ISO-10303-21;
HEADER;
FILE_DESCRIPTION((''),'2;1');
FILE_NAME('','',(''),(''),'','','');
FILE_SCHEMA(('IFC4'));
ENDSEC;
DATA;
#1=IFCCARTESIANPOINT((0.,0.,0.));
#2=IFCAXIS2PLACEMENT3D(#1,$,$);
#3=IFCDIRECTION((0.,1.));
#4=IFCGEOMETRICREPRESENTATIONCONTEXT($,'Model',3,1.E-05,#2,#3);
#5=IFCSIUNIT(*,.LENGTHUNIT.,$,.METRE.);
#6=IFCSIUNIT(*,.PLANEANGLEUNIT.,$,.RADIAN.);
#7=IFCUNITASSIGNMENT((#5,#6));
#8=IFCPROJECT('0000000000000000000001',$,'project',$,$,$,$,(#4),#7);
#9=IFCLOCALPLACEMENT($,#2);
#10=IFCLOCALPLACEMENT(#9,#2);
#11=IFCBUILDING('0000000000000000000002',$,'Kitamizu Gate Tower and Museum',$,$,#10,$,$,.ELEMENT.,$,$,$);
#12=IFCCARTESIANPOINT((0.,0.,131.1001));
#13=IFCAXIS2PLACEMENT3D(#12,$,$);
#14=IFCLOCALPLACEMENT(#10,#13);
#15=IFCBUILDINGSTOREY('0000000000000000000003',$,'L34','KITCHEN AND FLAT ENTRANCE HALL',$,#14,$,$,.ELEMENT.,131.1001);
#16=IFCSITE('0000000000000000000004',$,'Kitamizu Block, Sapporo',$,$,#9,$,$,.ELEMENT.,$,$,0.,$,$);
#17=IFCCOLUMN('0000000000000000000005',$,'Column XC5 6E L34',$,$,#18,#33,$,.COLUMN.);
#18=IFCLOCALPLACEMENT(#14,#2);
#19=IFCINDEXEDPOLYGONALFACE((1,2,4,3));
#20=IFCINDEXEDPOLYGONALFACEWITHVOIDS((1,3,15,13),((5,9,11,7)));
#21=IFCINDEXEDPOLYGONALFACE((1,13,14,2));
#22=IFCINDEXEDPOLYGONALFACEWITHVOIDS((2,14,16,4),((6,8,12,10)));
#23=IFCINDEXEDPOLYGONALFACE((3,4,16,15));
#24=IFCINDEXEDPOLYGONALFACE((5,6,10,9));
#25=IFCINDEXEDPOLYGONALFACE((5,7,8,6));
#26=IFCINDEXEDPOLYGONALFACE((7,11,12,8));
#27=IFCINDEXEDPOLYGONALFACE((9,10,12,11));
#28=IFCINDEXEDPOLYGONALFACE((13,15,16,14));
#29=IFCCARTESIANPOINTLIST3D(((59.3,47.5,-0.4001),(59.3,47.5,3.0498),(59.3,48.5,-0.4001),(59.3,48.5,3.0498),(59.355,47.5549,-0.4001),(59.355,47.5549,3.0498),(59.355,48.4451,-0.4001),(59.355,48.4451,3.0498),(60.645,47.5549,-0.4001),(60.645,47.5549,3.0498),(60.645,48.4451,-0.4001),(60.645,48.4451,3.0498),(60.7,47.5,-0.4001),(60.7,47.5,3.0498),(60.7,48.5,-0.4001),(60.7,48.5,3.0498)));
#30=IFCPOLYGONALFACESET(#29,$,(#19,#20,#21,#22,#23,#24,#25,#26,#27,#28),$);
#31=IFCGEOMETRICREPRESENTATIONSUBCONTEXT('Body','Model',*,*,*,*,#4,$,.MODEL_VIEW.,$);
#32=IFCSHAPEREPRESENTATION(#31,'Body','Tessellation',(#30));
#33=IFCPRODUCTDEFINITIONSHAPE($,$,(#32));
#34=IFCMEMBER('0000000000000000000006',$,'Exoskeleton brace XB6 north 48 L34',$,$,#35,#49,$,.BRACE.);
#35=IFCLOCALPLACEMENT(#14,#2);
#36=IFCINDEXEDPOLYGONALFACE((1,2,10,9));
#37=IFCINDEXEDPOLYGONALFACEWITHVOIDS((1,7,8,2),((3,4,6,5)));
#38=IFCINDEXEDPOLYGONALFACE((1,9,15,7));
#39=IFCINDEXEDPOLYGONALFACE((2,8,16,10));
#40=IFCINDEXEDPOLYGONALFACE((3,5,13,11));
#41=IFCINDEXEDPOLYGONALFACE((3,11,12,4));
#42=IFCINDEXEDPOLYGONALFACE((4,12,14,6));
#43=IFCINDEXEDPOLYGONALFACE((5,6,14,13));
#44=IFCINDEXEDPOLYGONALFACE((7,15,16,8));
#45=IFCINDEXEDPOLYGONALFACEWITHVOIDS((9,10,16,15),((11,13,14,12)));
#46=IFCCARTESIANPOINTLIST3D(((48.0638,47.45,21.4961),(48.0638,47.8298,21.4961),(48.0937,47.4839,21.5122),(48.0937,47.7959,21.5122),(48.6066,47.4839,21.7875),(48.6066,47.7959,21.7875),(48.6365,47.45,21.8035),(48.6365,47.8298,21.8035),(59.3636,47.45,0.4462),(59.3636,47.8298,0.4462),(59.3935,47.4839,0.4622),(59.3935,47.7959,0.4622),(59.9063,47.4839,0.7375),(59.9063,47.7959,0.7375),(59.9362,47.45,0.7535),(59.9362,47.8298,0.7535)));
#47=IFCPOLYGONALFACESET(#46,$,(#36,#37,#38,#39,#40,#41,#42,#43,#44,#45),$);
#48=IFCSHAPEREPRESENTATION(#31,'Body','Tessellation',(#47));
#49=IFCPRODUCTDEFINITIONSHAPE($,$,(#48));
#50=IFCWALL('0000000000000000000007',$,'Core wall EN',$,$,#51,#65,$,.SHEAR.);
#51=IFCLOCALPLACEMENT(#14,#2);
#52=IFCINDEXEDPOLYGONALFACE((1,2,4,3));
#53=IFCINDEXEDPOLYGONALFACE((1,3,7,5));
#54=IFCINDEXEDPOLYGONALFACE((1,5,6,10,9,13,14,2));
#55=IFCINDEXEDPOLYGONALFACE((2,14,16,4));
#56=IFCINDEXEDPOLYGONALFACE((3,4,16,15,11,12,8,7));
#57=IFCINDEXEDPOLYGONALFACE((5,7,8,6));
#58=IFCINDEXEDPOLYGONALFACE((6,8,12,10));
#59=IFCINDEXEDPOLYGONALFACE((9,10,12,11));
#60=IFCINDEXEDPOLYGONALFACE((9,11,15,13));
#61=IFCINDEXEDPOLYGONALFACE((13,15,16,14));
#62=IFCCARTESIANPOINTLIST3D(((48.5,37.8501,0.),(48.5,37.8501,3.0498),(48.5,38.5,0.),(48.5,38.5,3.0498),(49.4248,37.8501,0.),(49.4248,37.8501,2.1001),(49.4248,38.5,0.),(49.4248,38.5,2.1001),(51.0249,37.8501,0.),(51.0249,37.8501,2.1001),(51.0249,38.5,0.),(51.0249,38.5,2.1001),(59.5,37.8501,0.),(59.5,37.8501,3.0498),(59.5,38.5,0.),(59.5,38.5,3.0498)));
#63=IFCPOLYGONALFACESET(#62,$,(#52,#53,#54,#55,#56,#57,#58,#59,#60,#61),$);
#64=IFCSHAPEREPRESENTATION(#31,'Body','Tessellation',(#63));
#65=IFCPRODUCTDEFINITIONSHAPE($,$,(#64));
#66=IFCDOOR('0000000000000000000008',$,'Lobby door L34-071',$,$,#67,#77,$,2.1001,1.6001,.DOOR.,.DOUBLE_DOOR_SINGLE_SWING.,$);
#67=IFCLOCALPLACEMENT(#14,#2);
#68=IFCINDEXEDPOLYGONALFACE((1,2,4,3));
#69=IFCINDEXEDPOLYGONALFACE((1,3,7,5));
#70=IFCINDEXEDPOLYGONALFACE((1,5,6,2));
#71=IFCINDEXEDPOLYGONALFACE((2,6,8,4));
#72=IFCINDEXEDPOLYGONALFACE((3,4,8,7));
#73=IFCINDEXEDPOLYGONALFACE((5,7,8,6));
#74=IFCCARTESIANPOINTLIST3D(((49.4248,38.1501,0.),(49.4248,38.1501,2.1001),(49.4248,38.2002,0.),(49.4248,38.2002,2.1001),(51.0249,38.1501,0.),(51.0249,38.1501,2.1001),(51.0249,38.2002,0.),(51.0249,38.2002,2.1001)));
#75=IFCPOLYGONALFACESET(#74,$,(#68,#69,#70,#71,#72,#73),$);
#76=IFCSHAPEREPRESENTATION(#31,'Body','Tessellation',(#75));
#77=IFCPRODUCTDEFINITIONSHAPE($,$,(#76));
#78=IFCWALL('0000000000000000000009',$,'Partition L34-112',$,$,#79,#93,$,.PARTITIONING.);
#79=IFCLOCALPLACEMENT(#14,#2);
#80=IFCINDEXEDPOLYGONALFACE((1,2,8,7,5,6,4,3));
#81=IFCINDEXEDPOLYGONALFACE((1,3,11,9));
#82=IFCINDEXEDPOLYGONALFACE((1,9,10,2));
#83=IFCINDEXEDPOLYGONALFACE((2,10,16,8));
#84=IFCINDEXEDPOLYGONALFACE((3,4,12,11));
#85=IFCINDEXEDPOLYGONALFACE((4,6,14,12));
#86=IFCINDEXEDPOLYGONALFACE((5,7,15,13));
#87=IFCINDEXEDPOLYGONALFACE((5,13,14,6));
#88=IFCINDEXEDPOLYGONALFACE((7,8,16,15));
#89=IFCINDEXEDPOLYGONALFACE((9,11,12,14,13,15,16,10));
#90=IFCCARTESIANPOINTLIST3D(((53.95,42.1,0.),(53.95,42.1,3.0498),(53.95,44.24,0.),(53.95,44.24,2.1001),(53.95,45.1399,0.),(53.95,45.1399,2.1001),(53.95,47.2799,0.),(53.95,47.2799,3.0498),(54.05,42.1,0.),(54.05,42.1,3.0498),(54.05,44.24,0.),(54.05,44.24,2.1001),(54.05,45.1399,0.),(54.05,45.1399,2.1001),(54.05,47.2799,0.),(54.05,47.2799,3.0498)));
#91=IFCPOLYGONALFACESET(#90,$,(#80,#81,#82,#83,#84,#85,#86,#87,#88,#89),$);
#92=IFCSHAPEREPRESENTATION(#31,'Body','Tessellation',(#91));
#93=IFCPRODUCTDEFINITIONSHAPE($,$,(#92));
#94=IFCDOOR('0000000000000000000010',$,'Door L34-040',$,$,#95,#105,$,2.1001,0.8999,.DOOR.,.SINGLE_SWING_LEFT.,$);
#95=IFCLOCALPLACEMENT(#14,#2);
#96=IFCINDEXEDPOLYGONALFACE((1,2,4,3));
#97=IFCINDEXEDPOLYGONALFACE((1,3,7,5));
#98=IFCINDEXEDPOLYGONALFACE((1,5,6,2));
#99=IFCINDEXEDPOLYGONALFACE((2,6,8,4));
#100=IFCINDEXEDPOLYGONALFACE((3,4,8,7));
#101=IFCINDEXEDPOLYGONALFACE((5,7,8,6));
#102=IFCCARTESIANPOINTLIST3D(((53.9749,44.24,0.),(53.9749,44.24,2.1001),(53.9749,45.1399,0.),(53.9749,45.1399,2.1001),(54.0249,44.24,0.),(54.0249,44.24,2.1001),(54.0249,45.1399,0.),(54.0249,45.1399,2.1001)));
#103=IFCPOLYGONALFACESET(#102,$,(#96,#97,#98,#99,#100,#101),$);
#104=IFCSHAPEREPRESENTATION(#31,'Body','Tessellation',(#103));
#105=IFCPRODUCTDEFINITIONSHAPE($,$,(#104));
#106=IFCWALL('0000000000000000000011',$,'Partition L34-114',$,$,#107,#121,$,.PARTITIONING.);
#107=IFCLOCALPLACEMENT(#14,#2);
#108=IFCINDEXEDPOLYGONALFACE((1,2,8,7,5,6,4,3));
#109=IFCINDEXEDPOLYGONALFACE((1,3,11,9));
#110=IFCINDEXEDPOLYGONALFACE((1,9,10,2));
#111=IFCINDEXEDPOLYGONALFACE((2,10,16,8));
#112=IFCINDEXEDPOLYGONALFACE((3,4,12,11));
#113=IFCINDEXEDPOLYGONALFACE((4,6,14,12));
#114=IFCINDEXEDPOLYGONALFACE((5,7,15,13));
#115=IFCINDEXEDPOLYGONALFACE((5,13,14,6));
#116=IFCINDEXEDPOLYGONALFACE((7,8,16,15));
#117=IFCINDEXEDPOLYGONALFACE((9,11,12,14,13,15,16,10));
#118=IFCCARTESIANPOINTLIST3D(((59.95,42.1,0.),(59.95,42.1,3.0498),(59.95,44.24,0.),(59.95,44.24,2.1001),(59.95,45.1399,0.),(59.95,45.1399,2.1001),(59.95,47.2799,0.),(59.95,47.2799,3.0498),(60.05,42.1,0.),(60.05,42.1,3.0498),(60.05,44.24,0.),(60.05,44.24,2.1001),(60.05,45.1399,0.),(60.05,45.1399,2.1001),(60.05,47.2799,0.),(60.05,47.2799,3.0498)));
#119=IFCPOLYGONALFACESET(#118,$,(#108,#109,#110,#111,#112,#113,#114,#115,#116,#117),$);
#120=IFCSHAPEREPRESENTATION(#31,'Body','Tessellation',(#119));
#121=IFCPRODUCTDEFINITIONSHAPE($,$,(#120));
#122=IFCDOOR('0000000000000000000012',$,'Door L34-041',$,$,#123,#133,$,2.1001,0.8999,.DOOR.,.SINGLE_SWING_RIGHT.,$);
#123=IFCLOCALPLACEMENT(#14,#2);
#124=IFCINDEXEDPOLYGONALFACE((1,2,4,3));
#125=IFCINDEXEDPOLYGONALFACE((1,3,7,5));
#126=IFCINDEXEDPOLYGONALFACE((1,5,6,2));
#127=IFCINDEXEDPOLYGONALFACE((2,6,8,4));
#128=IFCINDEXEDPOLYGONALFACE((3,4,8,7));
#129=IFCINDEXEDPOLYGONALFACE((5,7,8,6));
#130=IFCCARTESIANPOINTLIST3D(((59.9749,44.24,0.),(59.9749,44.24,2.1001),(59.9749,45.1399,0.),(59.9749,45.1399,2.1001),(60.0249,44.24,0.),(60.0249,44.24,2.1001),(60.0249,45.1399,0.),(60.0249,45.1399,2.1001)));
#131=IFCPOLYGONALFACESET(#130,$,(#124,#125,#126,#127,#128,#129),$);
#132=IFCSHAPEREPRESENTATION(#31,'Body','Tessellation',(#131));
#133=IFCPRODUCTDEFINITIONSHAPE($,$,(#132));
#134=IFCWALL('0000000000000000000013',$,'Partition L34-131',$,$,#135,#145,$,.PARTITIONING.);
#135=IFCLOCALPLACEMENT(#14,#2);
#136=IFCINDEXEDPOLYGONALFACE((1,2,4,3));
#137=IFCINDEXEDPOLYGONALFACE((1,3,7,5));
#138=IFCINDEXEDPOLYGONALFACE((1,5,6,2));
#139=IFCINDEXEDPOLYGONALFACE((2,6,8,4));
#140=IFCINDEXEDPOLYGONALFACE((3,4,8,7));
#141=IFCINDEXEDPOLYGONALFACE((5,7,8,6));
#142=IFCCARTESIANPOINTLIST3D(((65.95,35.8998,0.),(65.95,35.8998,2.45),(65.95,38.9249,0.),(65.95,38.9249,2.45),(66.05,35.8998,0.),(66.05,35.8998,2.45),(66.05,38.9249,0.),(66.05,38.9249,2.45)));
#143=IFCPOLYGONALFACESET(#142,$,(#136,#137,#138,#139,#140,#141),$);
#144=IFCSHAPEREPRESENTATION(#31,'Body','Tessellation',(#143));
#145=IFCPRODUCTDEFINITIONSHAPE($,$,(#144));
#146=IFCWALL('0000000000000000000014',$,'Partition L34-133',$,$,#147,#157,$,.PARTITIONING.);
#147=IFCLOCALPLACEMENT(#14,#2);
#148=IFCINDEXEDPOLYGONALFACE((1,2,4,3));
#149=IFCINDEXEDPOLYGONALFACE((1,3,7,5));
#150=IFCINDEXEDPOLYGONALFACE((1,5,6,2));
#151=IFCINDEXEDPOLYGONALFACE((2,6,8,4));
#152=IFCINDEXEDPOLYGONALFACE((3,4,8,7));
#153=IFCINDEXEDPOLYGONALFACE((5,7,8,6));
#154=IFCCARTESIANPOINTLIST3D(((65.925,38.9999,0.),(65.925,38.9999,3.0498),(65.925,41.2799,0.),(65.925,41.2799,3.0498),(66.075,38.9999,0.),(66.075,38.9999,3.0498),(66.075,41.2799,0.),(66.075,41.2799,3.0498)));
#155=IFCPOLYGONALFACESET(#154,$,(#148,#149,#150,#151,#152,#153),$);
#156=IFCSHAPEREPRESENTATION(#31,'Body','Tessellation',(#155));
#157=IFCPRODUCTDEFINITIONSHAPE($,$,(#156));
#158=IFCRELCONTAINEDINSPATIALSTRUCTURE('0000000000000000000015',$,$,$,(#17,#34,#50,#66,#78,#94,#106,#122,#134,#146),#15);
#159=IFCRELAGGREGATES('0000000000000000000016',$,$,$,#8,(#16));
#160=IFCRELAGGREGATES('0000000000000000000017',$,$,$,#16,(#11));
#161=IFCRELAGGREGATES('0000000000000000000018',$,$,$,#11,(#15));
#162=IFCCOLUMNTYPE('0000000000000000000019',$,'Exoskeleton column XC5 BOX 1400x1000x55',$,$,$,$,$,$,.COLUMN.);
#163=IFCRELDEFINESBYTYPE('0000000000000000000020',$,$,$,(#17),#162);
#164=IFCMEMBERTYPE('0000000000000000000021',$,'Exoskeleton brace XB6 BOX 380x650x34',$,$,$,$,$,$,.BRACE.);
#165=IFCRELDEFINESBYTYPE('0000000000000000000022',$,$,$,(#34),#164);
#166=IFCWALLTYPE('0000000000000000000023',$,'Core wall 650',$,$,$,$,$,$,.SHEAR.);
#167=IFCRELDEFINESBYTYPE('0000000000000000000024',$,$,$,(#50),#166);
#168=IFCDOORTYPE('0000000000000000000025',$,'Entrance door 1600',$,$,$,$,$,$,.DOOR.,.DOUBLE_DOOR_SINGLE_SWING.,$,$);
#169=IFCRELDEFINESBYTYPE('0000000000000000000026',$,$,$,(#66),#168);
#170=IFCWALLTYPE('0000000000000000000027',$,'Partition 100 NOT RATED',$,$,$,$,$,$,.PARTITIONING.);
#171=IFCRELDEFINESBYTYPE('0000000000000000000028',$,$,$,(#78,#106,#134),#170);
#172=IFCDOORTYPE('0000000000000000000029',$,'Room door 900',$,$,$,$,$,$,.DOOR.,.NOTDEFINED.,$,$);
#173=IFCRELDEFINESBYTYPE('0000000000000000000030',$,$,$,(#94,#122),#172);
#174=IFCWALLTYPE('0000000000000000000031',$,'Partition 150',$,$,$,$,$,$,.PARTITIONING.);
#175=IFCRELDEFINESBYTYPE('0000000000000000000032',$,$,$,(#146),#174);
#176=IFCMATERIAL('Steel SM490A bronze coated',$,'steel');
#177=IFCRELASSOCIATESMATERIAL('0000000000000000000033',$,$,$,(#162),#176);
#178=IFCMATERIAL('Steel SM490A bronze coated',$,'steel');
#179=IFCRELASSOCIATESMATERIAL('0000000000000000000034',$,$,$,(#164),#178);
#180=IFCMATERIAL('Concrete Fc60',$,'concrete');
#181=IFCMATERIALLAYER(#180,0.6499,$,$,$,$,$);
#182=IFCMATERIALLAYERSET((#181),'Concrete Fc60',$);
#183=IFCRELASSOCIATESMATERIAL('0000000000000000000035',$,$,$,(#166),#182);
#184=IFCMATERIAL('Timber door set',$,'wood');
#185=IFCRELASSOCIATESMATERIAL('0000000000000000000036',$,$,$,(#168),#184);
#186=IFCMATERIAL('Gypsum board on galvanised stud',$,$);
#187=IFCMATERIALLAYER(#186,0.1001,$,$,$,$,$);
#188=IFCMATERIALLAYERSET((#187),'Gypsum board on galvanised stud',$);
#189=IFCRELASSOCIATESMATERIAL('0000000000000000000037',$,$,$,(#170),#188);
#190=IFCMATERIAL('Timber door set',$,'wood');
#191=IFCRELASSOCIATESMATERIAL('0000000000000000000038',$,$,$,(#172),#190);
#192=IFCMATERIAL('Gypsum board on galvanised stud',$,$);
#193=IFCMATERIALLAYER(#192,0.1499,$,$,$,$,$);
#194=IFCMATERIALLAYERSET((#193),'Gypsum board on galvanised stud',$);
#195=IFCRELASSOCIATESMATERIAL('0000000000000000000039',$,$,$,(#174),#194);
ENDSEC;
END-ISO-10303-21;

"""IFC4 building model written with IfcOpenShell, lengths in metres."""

from ifc_helpers import new_model, si_unit, direction, frame, frame_2d, origin, origin_2d, place, context, subcontext, project, spatial, rectangle, hollow_rectangle, extrude, material, layer, layer_set, material_profile, profile_set, type_object, element, fill, save


model = new_model("IFC4")

# Units and contexts
model_context = context("Model", 3, precision=1e-05, world=origin(), true_north=direction((0.0, 1.0)))
body_context = subcontext(model_context, "Body", "Model", "MODEL_VIEW")
ifc_project = project(units=[si_unit("LENGTHUNIT", "METRE"), si_unit("PLANEANGLEUNIT", "RADIAN")], contexts=[model_context])

# Site, building, storey
site_placement = place(None, origin())
site = spatial("IfcSite", under=ifc_project, at=site_placement, Name="Kitamizu Block, Sapporo", CompositionType="ELEMENT", RefElevation=0.0)
building_placement = place(site_placement, origin())
building = spatial("IfcBuilding", under=site, at=building_placement, Name="Kitamizu Gate Tower and Museum", CompositionType="ELEMENT")
storey_placement = place(building_placement, frame((0.0, 0.0, 131.1001)))
storey = spatial("IfcBuildingStorey", under=building, at=storey_placement, Name="L34", Description="KITCHEN AND FLAT ENTRANCE HALL", CompositionType="ELEMENT", Elevation=131.1001)

# Column
ifc_material_1 = material(Name="Steel SM490A bronze coated", Category="steel")
ifc_material_profile_1 = material_profile(ifc_material_1, hollow_rectangle(XDim=1.3999, YDim=1.0, WallThickness=0.0549, at=origin_2d()), Name="BOX 1400x1000x55")
ifc_profile_set_1 = profile_set([ifc_material_profile_1], Name="Steel SM490A bronze coated")
column_type = type_object("IfcColumnType", Name="Exoskeleton column XC5 BOX 1400x1000x55", PredefinedType="COLUMN", material=ifc_profile_set_1)
column_placement = place(storey_placement, frame((60.0, 48.0, -0.4001), z_axis=(0.0, 0.0, 1.0), x_axis=(1.0, 0.0, 0.0)))
element("IfcColumn", 1, at=column_placement, inside=storey, type_object=column_type, Name="Column XC5 6E L34", PredefinedType="COLUMN", context=body_context, shape_type="SweptSolid", body=[
    extrude(hollow_rectangle(XDim=1.3999, YDim=1.0, WallThickness=0.0549, at=origin_2d()), origin(), (0.0, 0.0, 1.0), 3.45),
])

# Member
ifc_material_2 = material(Name="Steel SM490A bronze coated", Category="steel")
ifc_material_profile_2 = material_profile(ifc_material_2, hollow_rectangle(XDim=0.3799, YDim=0.6499, WallThickness=0.0339, at=origin_2d()), Name="BOX 380x650x34")
ifc_profile_set_2 = profile_set([ifc_material_profile_2], Name="Steel SM490A bronze coated")
member_type = type_object("IfcMemberType", Name="Exoskeleton brace XB6 BOX 380x650x34", PredefinedType="BRACE", material=ifc_profile_set_2)
member_placement = place(storey_placement, frame((59.6499, 47.6399, 0.5999), z_axis=(-0.472969, 0.0, 0.881079), x_axis=(0.0, -1.0, 0.0)))
element("IfcMember", 2, at=member_placement, inside=storey, type_object=member_type, Name="Exoskeleton brace XB6 north 48 L34", PredefinedType="BRACE", context=body_context, shape_type="SweptSolid", body=[
    extrude(hollow_rectangle(XDim=0.3799, YDim=0.6499, WallThickness=0.0339, at=origin_2d()), origin(), (0.0, 0.0, 1.0), 23.8911),
])

# Walls, openings, doors
ifc_material_3 = material(Name="Concrete Fc60", Category="concrete")
ifc_layer_1 = layer(ifc_material_3, 0.6499)
ifc_layer_set_1 = layer_set([ifc_layer_1], Name="Concrete Fc60")
wall_type_1 = type_object("IfcWallType", Name="Core wall 650", PredefinedType="SHEAR", material=ifc_layer_set_1)
wall_1_placement = place(storey_placement, frame((59.5, 38.175, 0.0), z_axis=(0.0, 0.0, 1.0), x_axis=(-1.0, 0.0, 0.0)))
wall_1 = element("IfcWall", 3, at=wall_1_placement, inside=storey, type_object=wall_type_1, Name="Core wall EN", PredefinedType="SHEAR", context=body_context, shape_type="SweptSolid", body=[
    extrude(rectangle(XDim=11.0, YDim=0.6499, at=frame_2d((5.5, 0.0))), origin(), (0.0, 0.0, 1.0), 3.0498),
])
opening_1_placement = place(wall_1_placement, frame((8.4751, 0.0, 0.0)))
opening_1 = element("IfcOpeningElement", 4, at=opening_1_placement, cuts=wall_1, PredefinedType="OPENING", context=body_context, shape_type="SweptSolid", body=[
    extrude(rectangle(XDim=1.6001, YDim=2.1001, at=frame_2d((0.8, 1.05))), frame((0.0, 0.335, 0.0), z_axis=(0.0, -1.0, 0.0), x_axis=(1.0, 0.0, 0.0)), (0.0, 0.0, 1.0), 0.6699),
])
ifc_material_4 = material(Name="Timber door set", Category="wood")
door_type_1 = type_object("IfcDoorType", Name="Entrance door 1600", OperationType="DOUBLE_DOOR_SINGLE_SWING", PredefinedType="DOOR", material=ifc_material_4)
door_1_placement = place(opening_1_placement, origin())
door_1 = element("IfcDoor", 5, at=door_1_placement, inside=storey, type_object=door_type_1, Name="Lobby door L34-071", OperationType="DOUBLE_DOOR_SINGLE_SWING", OverallHeight=2.1001, OverallWidth=1.6001, PredefinedType="DOOR", context=body_context, shape_type="SweptSolid", body=[
    extrude(rectangle(XDim=1.6001, YDim=2.1001, at=frame_2d((0.8, 1.05))), frame((0.0, 0.0249, 0.0), z_axis=(0.0, -1.0, 0.0), x_axis=(1.0, 0.0, 0.0)), (0.0, 0.0, 1.0), 0.05),
])
fill(opening_1, door_1)
ifc_material_5 = material(Name="Gypsum board on galvanised stud")
ifc_layer_2 = layer(ifc_material_5, 0.1001)
ifc_layer_set_2 = layer_set([ifc_layer_2], Name="Gypsum board on galvanised stud")
wall_type_2 = type_object("IfcWallType", Name="Partition 100 NOT RATED", PredefinedType="PARTITIONING", material=ifc_layer_set_2)
wall_2_placement = place(storey_placement, frame((54.0, 42.1001, 0.0), z_axis=(0.0, 0.0, 1.0), x_axis=(0.0, 1.0, 0.0)))
wall_2 = element("IfcWall", 6, at=wall_2_placement, inside=storey, type_object=wall_type_2, Name="Partition L34-112", PredefinedType="PARTITIONING", context=body_context, shape_type="SweptSolid", body=[
    extrude(rectangle(XDim=5.1799, YDim=0.1001, at=frame_2d((2.5898, 0.0))), origin(), (0.0, 0.0, 1.0), 3.0498),
])
opening_2_placement = place(wall_2_placement, frame((2.1399, 0.0, 0.0)))
opening_2 = element("IfcOpeningElement", 7, at=opening_2_placement, cuts=wall_2, PredefinedType="OPENING", context=body_context, shape_type="SweptSolid", body=[
    extrude(rectangle(XDim=0.8999, YDim=2.1001, at=frame_2d((0.45, 1.05))), frame((0.0, 0.0601, 0.0), z_axis=(0.0, -1.0, 0.0), x_axis=(1.0, 0.0, 0.0)), (0.0, 0.0, 1.0), 0.1201),
])
ifc_material_6 = material(Name="Timber door set", Category="wood")
door_type_2 = type_object("IfcDoorType", Name="Room door 900", OperationType="NOTDEFINED", PredefinedType="DOOR", material=ifc_material_6)
door_2_placement = place(opening_2_placement, frame((0.8999, 0.0, 0.0), x_axis=(-1.0, 0.0, 0.0)))
door_2 = element("IfcDoor", 8, at=door_2_placement, inside=storey, type_object=door_type_2, Name="Door L34-040", OperationType="SINGLE_SWING_LEFT", OverallHeight=2.1001, OverallWidth=0.8999, PredefinedType="DOOR", context=body_context, shape_type="SweptSolid", body=[
    extrude(rectangle(XDim=0.8999, YDim=2.1001, at=frame_2d((0.45, 1.05))), frame((0.0, 0.0249, 0.0), z_axis=(0.0, -1.0, 0.0), x_axis=(1.0, 0.0, 0.0)), (0.0, 0.0, 1.0), 0.05),
])
fill(opening_2, door_2)
wall_3_placement = place(storey_placement, frame((60.0, 42.1001, 0.0), z_axis=(0.0, 0.0, 1.0), x_axis=(0.0, 1.0, 0.0)))
wall_3 = element("IfcWall", 9, at=wall_3_placement, inside=storey, type_object=wall_type_2, Name="Partition L34-114", PredefinedType="PARTITIONING", context=body_context, shape_type="SweptSolid", body=[
    extrude(rectangle(XDim=5.1799, YDim=0.1001, at=frame_2d((2.5898, 0.0))), origin(), (0.0, 0.0, 1.0), 3.0498),
])
opening_3_placement = place(wall_3_placement, frame((2.1399, 0.0, 0.0)))
opening_3 = element("IfcOpeningElement", 10, at=opening_3_placement, cuts=wall_3, PredefinedType="OPENING", context=body_context, shape_type="SweptSolid", body=[
    extrude(rectangle(XDim=0.8999, YDim=2.1001, at=frame_2d((0.45, 1.05))), frame((0.0, 0.0601, 0.0), z_axis=(0.0, -1.0, 0.0), x_axis=(1.0, 0.0, 0.0)), (0.0, 0.0, 1.0), 0.1201),
])
door_3_placement = place(opening_3_placement, frame((0.8999, 0.0, 0.0), x_axis=(-1.0, 0.0, 0.0)))
door_3 = element("IfcDoor", 11, at=door_3_placement, inside=storey, type_object=door_type_2, Name="Door L34-041", OperationType="SINGLE_SWING_RIGHT", OverallHeight=2.1001, OverallWidth=0.8999, PredefinedType="DOOR", context=body_context, shape_type="SweptSolid", body=[
    extrude(rectangle(XDim=0.8999, YDim=2.1001, at=frame_2d((0.45, 1.05))), frame((0.0, 0.0249, 0.0), z_axis=(0.0, -1.0, 0.0), x_axis=(1.0, 0.0, 0.0)), (0.0, 0.0, 1.0), 0.05),
])
fill(opening_3, door_3)

# Walls
wall_4_placement = place(storey_placement, frame((66.0, 38.925, 0.0), z_axis=(0.0, 0.0, 1.0), x_axis=(0.0, -1.0, 0.0)))
element("IfcWall", 12, at=wall_4_placement, inside=storey, type_object=wall_type_2, Name="Partition L34-131", PredefinedType="PARTITIONING", context=body_context, shape_type="SweptSolid", body=[
    extrude(rectangle(XDim=3.0251, YDim=0.1001, at=frame_2d((1.5127, 0.0))), origin(), (0.0, 0.0, 1.0), 2.45),
])
ifc_material_7 = material(Name="Gypsum board on galvanised stud")
ifc_layer_3 = layer(ifc_material_7, 0.1499)
ifc_layer_set_3 = layer_set([ifc_layer_3], Name="Gypsum board on galvanised stud")
wall_type_3 = type_object("IfcWallType", Name="Partition 150", PredefinedType="PARTITIONING", material=ifc_layer_set_3)
wall_5_placement = place(storey_placement, frame((66.0, 41.28, 0.0), z_axis=(0.0, 0.0, 1.0), x_axis=(0.0, -1.0, 0.0)))
element("IfcWall", 13, at=wall_5_placement, inside=storey, type_object=wall_type_3, Name="Partition L34-133", PredefinedType="PARTITIONING", context=body_context, shape_type="SweptSolid", body=[
    extrude(rectangle(XDim=2.28, YDim=0.1499, at=frame_2d((1.1401, 0.0))), origin(), (0.0, 0.0, 1.0), 3.0498),
])

save(model, "model.ifc")
